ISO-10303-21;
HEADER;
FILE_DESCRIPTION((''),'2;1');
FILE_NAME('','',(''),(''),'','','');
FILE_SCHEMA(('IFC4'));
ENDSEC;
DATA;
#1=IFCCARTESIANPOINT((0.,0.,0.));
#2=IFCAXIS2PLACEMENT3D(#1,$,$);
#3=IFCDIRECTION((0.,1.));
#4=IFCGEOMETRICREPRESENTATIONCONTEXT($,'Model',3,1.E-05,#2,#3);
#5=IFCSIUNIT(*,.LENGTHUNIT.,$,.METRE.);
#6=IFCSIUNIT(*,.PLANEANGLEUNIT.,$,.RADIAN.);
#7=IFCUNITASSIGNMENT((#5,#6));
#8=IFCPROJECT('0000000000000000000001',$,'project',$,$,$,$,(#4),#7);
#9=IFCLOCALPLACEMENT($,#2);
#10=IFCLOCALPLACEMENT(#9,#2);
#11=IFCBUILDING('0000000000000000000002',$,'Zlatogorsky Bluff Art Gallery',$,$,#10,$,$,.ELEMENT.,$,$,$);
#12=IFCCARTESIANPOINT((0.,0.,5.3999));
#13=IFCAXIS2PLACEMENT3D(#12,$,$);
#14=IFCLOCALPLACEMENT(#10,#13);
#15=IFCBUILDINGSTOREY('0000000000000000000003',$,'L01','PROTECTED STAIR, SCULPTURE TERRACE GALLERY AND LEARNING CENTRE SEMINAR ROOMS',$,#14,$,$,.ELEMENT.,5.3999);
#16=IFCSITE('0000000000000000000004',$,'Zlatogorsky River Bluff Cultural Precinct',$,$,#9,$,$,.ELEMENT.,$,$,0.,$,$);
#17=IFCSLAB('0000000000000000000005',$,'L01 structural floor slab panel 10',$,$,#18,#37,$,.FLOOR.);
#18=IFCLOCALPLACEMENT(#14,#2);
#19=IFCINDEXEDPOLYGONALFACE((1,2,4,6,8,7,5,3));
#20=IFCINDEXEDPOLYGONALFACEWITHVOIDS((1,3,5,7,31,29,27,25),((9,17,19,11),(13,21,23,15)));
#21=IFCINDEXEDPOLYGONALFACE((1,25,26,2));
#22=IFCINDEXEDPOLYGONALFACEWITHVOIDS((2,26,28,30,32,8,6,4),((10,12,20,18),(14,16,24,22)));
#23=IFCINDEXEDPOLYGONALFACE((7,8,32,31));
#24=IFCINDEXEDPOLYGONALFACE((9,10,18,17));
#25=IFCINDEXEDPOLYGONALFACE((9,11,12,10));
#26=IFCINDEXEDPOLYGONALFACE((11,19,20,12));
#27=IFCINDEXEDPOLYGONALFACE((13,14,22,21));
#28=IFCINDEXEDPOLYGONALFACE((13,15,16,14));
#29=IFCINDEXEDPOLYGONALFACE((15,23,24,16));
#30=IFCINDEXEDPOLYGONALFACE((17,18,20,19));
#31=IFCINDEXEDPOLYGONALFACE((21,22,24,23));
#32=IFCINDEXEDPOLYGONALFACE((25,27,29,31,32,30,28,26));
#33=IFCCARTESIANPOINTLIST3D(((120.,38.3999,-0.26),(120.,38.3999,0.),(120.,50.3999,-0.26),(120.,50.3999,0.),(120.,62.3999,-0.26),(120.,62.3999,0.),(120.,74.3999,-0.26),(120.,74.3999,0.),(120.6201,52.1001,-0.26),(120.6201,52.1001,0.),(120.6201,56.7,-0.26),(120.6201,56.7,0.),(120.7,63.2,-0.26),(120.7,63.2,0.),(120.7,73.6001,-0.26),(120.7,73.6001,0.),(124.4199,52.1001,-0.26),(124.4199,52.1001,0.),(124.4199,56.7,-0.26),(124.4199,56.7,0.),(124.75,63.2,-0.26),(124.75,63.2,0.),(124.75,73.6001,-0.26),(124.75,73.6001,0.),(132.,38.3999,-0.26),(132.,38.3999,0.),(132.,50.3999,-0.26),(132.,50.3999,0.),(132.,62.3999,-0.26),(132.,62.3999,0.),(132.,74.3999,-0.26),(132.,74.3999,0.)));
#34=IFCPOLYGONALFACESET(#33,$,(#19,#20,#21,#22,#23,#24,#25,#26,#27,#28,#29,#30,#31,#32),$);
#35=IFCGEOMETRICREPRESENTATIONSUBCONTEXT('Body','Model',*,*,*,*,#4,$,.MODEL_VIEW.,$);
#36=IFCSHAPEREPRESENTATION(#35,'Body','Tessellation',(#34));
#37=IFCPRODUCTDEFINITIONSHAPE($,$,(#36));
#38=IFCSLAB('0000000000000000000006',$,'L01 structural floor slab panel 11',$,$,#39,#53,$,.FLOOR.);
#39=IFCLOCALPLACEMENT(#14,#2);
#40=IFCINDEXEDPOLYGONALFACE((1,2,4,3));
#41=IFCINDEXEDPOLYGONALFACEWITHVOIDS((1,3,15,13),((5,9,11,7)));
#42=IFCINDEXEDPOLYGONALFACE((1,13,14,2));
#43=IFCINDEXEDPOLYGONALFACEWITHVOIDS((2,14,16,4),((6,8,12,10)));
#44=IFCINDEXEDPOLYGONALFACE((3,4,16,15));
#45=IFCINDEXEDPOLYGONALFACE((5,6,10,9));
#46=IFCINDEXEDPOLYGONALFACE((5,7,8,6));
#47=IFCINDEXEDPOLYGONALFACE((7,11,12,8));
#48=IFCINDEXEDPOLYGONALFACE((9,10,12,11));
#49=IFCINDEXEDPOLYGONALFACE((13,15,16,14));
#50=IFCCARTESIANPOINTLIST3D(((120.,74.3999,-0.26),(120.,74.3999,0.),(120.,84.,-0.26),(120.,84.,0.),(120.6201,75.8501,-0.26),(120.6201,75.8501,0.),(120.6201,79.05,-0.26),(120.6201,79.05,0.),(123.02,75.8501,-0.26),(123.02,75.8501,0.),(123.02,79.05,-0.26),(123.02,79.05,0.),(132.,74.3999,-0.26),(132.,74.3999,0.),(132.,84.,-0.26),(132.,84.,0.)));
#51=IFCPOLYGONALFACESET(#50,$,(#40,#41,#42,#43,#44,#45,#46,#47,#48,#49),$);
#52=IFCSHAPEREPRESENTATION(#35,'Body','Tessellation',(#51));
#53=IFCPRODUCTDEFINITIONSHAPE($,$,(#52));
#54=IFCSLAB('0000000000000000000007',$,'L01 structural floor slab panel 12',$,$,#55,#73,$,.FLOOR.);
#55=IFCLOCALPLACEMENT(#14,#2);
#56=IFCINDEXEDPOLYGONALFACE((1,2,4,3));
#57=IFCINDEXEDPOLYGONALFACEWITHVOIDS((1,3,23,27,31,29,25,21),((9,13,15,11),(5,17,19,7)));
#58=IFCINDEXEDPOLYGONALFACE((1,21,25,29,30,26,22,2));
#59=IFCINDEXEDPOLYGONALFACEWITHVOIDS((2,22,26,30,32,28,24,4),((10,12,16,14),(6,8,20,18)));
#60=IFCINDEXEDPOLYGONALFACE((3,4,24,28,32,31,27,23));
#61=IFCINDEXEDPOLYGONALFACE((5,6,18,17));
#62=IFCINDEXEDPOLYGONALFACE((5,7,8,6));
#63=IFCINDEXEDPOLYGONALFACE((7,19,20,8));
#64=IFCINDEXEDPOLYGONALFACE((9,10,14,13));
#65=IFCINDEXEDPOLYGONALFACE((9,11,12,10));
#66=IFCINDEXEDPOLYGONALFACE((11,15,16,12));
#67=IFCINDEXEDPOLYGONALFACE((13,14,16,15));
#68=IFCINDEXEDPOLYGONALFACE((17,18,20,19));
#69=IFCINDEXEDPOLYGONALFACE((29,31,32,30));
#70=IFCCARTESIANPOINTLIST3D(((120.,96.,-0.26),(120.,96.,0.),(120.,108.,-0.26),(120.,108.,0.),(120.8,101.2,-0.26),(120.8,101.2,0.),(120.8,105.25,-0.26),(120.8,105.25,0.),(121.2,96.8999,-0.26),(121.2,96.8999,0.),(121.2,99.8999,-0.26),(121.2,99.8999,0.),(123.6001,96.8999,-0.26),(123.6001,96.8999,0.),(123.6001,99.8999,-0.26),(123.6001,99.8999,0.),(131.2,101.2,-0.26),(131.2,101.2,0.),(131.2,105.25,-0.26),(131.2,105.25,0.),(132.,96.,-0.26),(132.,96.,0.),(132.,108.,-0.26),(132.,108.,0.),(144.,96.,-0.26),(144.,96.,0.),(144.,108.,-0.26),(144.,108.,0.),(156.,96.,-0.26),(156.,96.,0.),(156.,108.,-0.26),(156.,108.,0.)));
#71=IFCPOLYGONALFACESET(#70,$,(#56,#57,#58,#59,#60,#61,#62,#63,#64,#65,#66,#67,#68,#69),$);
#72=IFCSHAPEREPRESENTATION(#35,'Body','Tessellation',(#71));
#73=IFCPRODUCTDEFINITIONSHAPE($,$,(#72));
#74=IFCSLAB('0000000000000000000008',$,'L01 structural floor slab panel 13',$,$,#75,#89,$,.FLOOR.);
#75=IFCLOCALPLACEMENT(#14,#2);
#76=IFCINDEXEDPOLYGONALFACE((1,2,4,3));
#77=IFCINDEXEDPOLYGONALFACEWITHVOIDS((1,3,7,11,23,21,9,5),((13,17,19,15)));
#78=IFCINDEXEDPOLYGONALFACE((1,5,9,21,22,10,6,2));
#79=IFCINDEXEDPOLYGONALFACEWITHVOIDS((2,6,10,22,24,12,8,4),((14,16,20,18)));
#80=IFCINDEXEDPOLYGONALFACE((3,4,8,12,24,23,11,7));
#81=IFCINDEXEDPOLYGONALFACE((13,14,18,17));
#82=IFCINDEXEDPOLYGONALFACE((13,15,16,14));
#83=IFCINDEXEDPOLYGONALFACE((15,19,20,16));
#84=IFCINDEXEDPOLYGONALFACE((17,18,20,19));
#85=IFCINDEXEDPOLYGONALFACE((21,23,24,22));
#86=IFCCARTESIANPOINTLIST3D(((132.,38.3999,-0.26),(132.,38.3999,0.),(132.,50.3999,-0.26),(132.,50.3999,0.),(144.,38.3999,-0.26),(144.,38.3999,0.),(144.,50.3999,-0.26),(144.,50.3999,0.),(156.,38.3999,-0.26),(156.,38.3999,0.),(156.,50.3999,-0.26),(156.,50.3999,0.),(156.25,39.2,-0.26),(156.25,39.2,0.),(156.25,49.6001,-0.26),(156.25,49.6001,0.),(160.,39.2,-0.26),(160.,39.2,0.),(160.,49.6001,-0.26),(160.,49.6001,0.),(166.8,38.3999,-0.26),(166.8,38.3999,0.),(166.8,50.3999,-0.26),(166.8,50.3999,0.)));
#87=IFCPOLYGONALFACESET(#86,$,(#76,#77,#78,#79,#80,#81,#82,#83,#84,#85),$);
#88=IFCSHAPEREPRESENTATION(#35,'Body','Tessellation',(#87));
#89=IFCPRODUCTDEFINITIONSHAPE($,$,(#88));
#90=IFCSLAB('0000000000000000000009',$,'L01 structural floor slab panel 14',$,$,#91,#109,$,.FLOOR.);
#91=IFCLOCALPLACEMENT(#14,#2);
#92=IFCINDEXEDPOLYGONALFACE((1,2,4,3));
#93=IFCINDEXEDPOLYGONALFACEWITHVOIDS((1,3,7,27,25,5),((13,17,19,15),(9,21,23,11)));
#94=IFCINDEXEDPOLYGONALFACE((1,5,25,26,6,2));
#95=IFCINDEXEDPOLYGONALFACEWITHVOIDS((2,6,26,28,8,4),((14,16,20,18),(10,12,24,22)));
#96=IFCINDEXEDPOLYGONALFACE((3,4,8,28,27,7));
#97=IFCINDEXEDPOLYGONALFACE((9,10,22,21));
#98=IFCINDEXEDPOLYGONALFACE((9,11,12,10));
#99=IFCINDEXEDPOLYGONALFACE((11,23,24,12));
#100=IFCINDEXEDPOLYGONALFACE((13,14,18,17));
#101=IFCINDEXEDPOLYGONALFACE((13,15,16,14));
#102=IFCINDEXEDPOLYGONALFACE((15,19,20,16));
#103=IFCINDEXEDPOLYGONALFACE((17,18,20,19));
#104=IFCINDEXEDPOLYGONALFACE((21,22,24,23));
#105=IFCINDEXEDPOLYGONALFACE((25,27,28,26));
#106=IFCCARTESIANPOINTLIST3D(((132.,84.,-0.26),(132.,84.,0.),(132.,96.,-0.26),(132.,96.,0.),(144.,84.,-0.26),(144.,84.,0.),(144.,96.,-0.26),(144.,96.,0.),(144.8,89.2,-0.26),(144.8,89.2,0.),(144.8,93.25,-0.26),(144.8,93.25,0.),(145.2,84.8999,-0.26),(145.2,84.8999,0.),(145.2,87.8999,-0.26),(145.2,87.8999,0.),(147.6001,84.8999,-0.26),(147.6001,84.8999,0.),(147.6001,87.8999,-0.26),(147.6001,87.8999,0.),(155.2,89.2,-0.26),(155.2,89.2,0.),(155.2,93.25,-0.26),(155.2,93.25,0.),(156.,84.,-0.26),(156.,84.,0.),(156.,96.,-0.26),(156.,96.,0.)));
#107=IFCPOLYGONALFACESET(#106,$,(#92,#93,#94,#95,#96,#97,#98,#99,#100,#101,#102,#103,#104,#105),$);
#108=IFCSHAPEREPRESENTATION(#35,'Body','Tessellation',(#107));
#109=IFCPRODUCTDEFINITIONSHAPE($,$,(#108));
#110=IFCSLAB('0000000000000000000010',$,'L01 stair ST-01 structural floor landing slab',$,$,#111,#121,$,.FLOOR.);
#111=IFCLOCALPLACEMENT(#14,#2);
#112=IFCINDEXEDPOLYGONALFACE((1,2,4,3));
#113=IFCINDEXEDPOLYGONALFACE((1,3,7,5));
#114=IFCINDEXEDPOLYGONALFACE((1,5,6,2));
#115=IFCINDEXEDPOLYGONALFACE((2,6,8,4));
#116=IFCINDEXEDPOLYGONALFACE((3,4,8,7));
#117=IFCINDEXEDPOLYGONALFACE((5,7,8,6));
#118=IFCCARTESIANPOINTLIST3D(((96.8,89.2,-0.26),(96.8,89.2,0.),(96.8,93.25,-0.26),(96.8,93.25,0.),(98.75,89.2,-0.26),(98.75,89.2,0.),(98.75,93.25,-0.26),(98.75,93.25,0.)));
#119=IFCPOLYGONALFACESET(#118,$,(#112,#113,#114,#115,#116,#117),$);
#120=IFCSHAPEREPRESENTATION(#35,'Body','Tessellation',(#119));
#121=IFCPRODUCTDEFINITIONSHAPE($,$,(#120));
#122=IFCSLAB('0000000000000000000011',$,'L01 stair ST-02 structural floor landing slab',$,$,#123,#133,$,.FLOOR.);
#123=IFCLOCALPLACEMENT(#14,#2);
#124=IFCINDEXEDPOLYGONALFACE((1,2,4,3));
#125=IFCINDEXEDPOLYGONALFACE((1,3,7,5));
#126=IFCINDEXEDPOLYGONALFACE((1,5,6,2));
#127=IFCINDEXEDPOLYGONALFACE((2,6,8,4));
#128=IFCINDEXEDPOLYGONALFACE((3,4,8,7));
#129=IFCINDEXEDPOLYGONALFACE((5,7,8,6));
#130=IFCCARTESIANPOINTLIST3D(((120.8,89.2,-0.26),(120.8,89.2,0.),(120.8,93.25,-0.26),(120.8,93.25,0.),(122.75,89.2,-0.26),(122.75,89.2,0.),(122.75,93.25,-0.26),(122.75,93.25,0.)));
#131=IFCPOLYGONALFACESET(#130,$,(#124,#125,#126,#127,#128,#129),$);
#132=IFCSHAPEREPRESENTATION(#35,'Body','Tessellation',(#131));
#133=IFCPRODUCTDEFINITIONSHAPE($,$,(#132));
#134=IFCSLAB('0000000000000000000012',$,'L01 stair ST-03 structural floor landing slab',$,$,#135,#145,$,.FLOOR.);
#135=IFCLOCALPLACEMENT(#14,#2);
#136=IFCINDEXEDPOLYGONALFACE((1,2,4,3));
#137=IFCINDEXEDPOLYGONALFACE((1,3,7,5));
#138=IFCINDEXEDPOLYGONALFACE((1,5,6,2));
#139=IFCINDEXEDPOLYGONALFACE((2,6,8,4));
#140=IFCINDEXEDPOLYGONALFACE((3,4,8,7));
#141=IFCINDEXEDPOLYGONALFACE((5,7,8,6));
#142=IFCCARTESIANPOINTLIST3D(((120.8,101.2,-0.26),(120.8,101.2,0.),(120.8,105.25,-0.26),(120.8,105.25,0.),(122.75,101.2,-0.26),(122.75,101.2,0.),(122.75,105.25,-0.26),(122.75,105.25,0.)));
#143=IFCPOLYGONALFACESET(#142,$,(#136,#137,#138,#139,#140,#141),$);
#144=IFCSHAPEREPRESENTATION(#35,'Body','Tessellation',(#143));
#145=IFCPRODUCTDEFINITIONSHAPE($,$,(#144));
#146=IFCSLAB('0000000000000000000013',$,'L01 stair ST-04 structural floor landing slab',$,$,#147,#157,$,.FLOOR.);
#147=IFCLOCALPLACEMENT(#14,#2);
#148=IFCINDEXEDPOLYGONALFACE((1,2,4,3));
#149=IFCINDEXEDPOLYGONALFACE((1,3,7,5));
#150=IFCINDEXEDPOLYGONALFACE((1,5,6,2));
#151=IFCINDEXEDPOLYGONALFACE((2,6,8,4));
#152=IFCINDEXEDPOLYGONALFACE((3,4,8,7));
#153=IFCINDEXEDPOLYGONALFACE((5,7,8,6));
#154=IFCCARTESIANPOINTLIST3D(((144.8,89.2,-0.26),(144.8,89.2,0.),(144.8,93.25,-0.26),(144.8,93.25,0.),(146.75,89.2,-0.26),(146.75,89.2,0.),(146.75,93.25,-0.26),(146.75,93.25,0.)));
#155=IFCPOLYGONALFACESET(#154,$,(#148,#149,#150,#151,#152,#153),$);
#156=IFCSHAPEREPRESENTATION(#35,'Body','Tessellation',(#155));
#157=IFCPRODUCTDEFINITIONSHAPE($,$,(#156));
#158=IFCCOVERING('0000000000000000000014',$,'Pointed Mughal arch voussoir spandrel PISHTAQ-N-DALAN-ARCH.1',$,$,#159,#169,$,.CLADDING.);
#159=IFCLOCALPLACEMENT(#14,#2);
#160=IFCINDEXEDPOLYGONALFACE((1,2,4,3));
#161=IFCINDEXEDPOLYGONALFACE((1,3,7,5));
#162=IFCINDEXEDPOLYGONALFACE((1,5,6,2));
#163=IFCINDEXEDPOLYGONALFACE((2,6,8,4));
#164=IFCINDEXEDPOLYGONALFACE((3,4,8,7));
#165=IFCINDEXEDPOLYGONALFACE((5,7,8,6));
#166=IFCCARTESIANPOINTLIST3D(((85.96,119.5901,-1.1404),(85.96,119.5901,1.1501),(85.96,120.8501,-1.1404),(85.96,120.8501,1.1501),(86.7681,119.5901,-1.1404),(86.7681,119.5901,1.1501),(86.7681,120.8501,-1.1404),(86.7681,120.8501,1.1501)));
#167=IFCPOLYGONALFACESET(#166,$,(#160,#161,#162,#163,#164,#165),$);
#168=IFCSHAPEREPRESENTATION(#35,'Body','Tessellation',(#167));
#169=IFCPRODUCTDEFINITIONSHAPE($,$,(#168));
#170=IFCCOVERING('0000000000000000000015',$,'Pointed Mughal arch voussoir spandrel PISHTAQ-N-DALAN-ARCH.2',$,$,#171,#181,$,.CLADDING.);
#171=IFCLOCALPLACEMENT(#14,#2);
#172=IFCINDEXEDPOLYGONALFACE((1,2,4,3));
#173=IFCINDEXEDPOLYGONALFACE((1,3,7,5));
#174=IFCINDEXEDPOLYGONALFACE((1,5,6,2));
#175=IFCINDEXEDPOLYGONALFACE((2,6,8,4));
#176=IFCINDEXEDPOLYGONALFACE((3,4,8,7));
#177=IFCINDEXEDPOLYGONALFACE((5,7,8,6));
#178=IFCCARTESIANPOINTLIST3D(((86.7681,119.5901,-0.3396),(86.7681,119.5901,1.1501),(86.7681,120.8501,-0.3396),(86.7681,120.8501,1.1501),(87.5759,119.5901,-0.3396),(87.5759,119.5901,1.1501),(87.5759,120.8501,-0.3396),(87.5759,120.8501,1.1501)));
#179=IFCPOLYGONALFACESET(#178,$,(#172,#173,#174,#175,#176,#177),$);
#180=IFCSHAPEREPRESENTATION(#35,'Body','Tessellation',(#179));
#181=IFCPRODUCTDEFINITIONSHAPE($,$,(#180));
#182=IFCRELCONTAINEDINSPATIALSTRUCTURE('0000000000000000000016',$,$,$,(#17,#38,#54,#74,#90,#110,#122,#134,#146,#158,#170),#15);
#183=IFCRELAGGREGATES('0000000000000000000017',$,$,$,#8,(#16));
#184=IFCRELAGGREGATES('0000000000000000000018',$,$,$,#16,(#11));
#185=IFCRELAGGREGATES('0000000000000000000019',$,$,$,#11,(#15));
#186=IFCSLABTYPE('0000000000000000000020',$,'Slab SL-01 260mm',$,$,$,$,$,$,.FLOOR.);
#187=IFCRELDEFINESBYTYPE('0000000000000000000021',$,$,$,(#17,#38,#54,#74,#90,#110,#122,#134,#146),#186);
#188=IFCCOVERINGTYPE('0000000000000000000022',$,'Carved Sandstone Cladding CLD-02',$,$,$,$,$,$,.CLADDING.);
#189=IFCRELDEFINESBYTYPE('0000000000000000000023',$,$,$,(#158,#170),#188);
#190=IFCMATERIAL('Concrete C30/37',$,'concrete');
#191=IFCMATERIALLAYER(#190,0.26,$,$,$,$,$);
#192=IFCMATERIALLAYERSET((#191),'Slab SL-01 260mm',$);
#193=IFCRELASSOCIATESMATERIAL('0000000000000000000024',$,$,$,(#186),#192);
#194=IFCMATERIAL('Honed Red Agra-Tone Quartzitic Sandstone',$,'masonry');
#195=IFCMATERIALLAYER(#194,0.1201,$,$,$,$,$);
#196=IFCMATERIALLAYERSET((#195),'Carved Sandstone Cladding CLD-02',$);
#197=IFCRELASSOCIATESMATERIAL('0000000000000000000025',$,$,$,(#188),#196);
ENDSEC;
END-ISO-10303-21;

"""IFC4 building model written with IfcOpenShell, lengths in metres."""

from ifc_helpers import new_model, si_unit, direction, frame, origin, place, context, subcontext, project, spatial, polyline, outline, extrude, material, layer, layer_set, type_object, element, save


model = new_model("IFC4")

# Units and contexts
model_context = context("Model", 3, precision=1e-05, world=origin(), true_north=direction((0.0, 1.0)))
body_context = subcontext(model_context, "Body", "Model", "MODEL_VIEW")
ifc_project = project(units=[si_unit("LENGTHUNIT", "METRE"), si_unit("PLANEANGLEUNIT", "RADIAN")], contexts=[model_context])

# Site, building, storey
site_placement = place(None, origin())
site = spatial("IfcSite", under=ifc_project, at=site_placement, Name="Zlatogorsky River Bluff Cultural Precinct", CompositionType="ELEMENT", RefElevation=0.0)
building_placement = place(site_placement, origin())
building = spatial("IfcBuilding", under=site, at=building_placement, Name="Zlatogorsky Bluff Art Gallery", CompositionType="ELEMENT")
storey_placement = place(building_placement, frame((0.0, 0.0, 5.3999)))
storey = spatial("IfcBuildingStorey", under=building, at=storey_placement, Name="L01", Description="PROTECTED STAIR, SCULPTURE TERRACE GALLERY AND LEARNING CENTRE SEMINAR ROOMS", CompositionType="ELEMENT", Elevation=5.3999)

# Slabs
ifc_material_1 = material(Name="Concrete C30/37", Category="concrete")
ifc_layer_1 = layer(ifc_material_1, 0.26)
ifc_layer_set_1 = layer_set([ifc_layer_1], Name="Slab SL-01 260mm")
slab_type = type_object("IfcSlabType", Name="Slab SL-01 260mm", PredefinedType="FLOOR", material=ifc_layer_set_1)
slab_1_placement = place(storey_placement, frame((0.0, 0.0, -0.26)))
element("IfcSlab", 1, at=slab_1_placement, inside=storey, type_object=slab_type, Name="L01 structural floor slab panel 10", PredefinedType="FLOOR", context=body_context, shape_type="SweptSolid", body=[
    extrude(outline(polyline([(120.0, 38.3999), (120.0, 50.3999), (120.0, 62.3999), (120.0, 74.3999), (132.0, 74.3999), (132.0, 62.3999), (132.0, 50.3999), (132.0, 38.3999), (120.0, 38.3999)]), holes=[polyline([(124.4199, 56.7), (120.6201, 56.7), (120.6201, 52.1001), (124.4199, 52.1001), (124.4199, 56.7)]), polyline([(124.75, 73.6001), (120.7, 73.6001), (120.7, 63.2), (124.75, 63.2), (124.75, 73.6001)])]), origin(), (0.0, 0.0, 1.0), 0.26),
])
slab_2_placement = place(storey_placement, frame((0.0, 0.0, -0.26)))
element("IfcSlab", 2, at=slab_2_placement, inside=storey, type_object=slab_type, Name="L01 structural floor slab panel 11", PredefinedType="FLOOR", context=body_context, shape_type="SweptSolid", body=[
    extrude(outline(polyline([(120.0, 74.3999), (120.0, 84.0), (132.0, 84.0), (132.0, 74.3999), (120.0, 74.3999)]), holes=[polyline([(123.02, 79.05), (120.6201, 79.05), (120.6201, 75.8501), (123.02, 75.8501), (123.02, 79.05)])]), origin(), (0.0, 0.0, 1.0), 0.26),
])
slab_3_placement = place(storey_placement, frame((0.0, 0.0, -0.26)))
element("IfcSlab", 3, at=slab_3_placement, inside=storey, type_object=slab_type, Name="L01 structural floor slab panel 12", PredefinedType="FLOOR", context=body_context, shape_type="SweptSolid", body=[
    extrude(outline(polyline([(120.0, 108.0), (132.0, 108.0), (144.0, 108.0), (156.0, 108.0), (156.0, 96.0), (144.0, 96.0), (132.0, 96.0), (120.0, 96.0), (120.0, 108.0)]), holes=[polyline([(123.6001, 99.8999), (121.2, 99.8999), (121.2, 96.8999), (123.6001, 96.8999), (123.6001, 99.8999)]), polyline([(131.2, 101.2), (131.2, 105.25), (120.8, 105.25), (120.8, 101.2), (131.2, 101.2)])]), origin(), (0.0, 0.0, 1.0), 0.26),
])
slab_4_placement = place(storey_placement, frame((0.0, 0.0, -0.26)))
element("IfcSlab", 4, at=slab_4_placement, inside=storey, type_object=slab_type, Name="L01 structural floor slab panel 13", PredefinedType="FLOOR", context=body_context, shape_type="SweptSolid", body=[
    extrude(outline(polyline([(132.0, 50.3999), (144.0, 50.3999), (156.0, 50.3999), (166.8, 50.3999), (166.8, 38.3999), (156.0, 38.3999), (144.0, 38.3999), (132.0, 38.3999), (132.0, 50.3999)]), holes=[polyline([(160.0, 49.6001), (156.25, 49.6001), (156.25, 39.2), (160.0, 39.2), (160.0, 49.6001)])]), origin(), (0.0, 0.0, 1.0), 0.26),
])
slab_5_placement = place(storey_placement, frame((0.0, 0.0, -0.26)))
element("IfcSlab", 5, at=slab_5_placement, inside=storey, type_object=slab_type, Name="L01 structural floor slab panel 14", PredefinedType="FLOOR", context=body_context, shape_type="SweptSolid", body=[
    extrude(outline(polyline([(132.0, 96.0), (144.0, 96.0), (156.0, 96.0), (156.0, 84.0), (144.0, 84.0), (132.0, 84.0), (132.0, 96.0)]), holes=[polyline([(147.6001, 87.8999), (145.2, 87.8999), (145.2, 84.8999), (147.6001, 84.8999), (147.6001, 87.8999)]), polyline([(155.2, 89.2), (155.2, 93.25), (144.8, 93.25), (144.8, 89.2), (155.2, 89.2)])]), origin(), (0.0, 0.0, 1.0), 0.26),
])
slab_6_placement = place(storey_placement, frame((0.0, 0.0, -0.26)))
element("IfcSlab", 6, at=slab_6_placement, inside=storey, type_object=slab_type, Name="L01 stair ST-01 structural floor landing slab", PredefinedType="FLOOR", context=body_context, shape_type="SweptSolid", body=[
    extrude(outline(polyline([(96.8, 89.2), (98.75, 89.2), (98.75, 93.25), (96.8, 93.25), (96.8, 89.2)])), origin(), (0.0, 0.0, 1.0), 0.26),
])
slab_7_placement = place(storey_placement, frame((0.0, 0.0, -0.26)))
element("IfcSlab", 7, at=slab_7_placement, inside=storey, type_object=slab_type, Name="L01 stair ST-02 structural floor landing slab", PredefinedType="FLOOR", context=body_context, shape_type="SweptSolid", body=[
    extrude(outline(polyline([(120.8, 89.2), (122.75, 89.2), (122.75, 93.25), (120.8, 93.25), (120.8, 89.2)])), origin(), (0.0, 0.0, 1.0), 0.26),
])
slab_8_placement = place(storey_placement, frame((0.0, 0.0, -0.26)))
element("IfcSlab", 8, at=slab_8_placement, inside=storey, type_object=slab_type, Name="L01 stair ST-03 structural floor landing slab", PredefinedType="FLOOR", context=body_context, shape_type="SweptSolid", body=[
    extrude(outline(polyline([(120.8, 101.2), (122.75, 101.2), (122.75, 105.25), (120.8, 105.25), (120.8, 101.2)])), origin(), (0.0, 0.0, 1.0), 0.26),
])
slab_9_placement = place(storey_placement, frame((0.0, 0.0, -0.26)))
element("IfcSlab", 9, at=slab_9_placement, inside=storey, type_object=slab_type, Name="L01 stair ST-04 structural floor landing slab", PredefinedType="FLOOR", context=body_context, shape_type="SweptSolid", body=[
    extrude(outline(polyline([(144.8, 89.2), (146.75, 89.2), (146.75, 93.25), (144.8, 93.25), (144.8, 89.2)])), origin(), (0.0, 0.0, 1.0), 0.26),
])

# Coverings
ifc_material_2 = material(Name="Honed Red Agra-Tone Quartzitic Sandstone", Category="masonry")
ifc_layer_2 = layer(ifc_material_2, 0.1201)
ifc_layer_set_2 = layer_set([ifc_layer_2], Name="Carved Sandstone Cladding CLD-02")
covering_type = type_object("IfcCoveringType", Name="Carved Sandstone Cladding CLD-02", PredefinedType="CLADDING", material=ifc_layer_set_2)
covering_1_placement = place(storey_placement, frame((0.0, 0.0, -1.1404)))
element("IfcCovering", 10, at=covering_1_placement, inside=storey, type_object=covering_type, Name="Pointed Mughal arch voussoir spandrel PISHTAQ-N-DALAN-ARCH.1", PredefinedType="CLADDING", context=body_context, shape_type="SweptSolid", body=[
    extrude(outline(polyline([(85.96, 119.5901), (86.7681, 119.5901), (86.7681, 120.8501), (85.96, 120.8501), (85.96, 119.5901)])), origin(), (0.0, 0.0, 1.0), 2.2905),
])
covering_2_placement = place(storey_placement, frame((0.0, 0.0, -0.3396)))
element("IfcCovering", 11, at=covering_2_placement, inside=storey, type_object=covering_type, Name="Pointed Mughal arch voussoir spandrel PISHTAQ-N-DALAN-ARCH.2", PredefinedType="CLADDING", context=body_context, shape_type="SweptSolid", body=[
    extrude(outline(polyline([(86.7681, 119.5901), (87.5759, 119.5901), (87.5759, 120.8501), (86.7681, 120.8501), (86.7681, 119.5901)])), origin(), (0.0, 0.0, 1.0), 1.4897),
])

save(model, "model.ifc")
